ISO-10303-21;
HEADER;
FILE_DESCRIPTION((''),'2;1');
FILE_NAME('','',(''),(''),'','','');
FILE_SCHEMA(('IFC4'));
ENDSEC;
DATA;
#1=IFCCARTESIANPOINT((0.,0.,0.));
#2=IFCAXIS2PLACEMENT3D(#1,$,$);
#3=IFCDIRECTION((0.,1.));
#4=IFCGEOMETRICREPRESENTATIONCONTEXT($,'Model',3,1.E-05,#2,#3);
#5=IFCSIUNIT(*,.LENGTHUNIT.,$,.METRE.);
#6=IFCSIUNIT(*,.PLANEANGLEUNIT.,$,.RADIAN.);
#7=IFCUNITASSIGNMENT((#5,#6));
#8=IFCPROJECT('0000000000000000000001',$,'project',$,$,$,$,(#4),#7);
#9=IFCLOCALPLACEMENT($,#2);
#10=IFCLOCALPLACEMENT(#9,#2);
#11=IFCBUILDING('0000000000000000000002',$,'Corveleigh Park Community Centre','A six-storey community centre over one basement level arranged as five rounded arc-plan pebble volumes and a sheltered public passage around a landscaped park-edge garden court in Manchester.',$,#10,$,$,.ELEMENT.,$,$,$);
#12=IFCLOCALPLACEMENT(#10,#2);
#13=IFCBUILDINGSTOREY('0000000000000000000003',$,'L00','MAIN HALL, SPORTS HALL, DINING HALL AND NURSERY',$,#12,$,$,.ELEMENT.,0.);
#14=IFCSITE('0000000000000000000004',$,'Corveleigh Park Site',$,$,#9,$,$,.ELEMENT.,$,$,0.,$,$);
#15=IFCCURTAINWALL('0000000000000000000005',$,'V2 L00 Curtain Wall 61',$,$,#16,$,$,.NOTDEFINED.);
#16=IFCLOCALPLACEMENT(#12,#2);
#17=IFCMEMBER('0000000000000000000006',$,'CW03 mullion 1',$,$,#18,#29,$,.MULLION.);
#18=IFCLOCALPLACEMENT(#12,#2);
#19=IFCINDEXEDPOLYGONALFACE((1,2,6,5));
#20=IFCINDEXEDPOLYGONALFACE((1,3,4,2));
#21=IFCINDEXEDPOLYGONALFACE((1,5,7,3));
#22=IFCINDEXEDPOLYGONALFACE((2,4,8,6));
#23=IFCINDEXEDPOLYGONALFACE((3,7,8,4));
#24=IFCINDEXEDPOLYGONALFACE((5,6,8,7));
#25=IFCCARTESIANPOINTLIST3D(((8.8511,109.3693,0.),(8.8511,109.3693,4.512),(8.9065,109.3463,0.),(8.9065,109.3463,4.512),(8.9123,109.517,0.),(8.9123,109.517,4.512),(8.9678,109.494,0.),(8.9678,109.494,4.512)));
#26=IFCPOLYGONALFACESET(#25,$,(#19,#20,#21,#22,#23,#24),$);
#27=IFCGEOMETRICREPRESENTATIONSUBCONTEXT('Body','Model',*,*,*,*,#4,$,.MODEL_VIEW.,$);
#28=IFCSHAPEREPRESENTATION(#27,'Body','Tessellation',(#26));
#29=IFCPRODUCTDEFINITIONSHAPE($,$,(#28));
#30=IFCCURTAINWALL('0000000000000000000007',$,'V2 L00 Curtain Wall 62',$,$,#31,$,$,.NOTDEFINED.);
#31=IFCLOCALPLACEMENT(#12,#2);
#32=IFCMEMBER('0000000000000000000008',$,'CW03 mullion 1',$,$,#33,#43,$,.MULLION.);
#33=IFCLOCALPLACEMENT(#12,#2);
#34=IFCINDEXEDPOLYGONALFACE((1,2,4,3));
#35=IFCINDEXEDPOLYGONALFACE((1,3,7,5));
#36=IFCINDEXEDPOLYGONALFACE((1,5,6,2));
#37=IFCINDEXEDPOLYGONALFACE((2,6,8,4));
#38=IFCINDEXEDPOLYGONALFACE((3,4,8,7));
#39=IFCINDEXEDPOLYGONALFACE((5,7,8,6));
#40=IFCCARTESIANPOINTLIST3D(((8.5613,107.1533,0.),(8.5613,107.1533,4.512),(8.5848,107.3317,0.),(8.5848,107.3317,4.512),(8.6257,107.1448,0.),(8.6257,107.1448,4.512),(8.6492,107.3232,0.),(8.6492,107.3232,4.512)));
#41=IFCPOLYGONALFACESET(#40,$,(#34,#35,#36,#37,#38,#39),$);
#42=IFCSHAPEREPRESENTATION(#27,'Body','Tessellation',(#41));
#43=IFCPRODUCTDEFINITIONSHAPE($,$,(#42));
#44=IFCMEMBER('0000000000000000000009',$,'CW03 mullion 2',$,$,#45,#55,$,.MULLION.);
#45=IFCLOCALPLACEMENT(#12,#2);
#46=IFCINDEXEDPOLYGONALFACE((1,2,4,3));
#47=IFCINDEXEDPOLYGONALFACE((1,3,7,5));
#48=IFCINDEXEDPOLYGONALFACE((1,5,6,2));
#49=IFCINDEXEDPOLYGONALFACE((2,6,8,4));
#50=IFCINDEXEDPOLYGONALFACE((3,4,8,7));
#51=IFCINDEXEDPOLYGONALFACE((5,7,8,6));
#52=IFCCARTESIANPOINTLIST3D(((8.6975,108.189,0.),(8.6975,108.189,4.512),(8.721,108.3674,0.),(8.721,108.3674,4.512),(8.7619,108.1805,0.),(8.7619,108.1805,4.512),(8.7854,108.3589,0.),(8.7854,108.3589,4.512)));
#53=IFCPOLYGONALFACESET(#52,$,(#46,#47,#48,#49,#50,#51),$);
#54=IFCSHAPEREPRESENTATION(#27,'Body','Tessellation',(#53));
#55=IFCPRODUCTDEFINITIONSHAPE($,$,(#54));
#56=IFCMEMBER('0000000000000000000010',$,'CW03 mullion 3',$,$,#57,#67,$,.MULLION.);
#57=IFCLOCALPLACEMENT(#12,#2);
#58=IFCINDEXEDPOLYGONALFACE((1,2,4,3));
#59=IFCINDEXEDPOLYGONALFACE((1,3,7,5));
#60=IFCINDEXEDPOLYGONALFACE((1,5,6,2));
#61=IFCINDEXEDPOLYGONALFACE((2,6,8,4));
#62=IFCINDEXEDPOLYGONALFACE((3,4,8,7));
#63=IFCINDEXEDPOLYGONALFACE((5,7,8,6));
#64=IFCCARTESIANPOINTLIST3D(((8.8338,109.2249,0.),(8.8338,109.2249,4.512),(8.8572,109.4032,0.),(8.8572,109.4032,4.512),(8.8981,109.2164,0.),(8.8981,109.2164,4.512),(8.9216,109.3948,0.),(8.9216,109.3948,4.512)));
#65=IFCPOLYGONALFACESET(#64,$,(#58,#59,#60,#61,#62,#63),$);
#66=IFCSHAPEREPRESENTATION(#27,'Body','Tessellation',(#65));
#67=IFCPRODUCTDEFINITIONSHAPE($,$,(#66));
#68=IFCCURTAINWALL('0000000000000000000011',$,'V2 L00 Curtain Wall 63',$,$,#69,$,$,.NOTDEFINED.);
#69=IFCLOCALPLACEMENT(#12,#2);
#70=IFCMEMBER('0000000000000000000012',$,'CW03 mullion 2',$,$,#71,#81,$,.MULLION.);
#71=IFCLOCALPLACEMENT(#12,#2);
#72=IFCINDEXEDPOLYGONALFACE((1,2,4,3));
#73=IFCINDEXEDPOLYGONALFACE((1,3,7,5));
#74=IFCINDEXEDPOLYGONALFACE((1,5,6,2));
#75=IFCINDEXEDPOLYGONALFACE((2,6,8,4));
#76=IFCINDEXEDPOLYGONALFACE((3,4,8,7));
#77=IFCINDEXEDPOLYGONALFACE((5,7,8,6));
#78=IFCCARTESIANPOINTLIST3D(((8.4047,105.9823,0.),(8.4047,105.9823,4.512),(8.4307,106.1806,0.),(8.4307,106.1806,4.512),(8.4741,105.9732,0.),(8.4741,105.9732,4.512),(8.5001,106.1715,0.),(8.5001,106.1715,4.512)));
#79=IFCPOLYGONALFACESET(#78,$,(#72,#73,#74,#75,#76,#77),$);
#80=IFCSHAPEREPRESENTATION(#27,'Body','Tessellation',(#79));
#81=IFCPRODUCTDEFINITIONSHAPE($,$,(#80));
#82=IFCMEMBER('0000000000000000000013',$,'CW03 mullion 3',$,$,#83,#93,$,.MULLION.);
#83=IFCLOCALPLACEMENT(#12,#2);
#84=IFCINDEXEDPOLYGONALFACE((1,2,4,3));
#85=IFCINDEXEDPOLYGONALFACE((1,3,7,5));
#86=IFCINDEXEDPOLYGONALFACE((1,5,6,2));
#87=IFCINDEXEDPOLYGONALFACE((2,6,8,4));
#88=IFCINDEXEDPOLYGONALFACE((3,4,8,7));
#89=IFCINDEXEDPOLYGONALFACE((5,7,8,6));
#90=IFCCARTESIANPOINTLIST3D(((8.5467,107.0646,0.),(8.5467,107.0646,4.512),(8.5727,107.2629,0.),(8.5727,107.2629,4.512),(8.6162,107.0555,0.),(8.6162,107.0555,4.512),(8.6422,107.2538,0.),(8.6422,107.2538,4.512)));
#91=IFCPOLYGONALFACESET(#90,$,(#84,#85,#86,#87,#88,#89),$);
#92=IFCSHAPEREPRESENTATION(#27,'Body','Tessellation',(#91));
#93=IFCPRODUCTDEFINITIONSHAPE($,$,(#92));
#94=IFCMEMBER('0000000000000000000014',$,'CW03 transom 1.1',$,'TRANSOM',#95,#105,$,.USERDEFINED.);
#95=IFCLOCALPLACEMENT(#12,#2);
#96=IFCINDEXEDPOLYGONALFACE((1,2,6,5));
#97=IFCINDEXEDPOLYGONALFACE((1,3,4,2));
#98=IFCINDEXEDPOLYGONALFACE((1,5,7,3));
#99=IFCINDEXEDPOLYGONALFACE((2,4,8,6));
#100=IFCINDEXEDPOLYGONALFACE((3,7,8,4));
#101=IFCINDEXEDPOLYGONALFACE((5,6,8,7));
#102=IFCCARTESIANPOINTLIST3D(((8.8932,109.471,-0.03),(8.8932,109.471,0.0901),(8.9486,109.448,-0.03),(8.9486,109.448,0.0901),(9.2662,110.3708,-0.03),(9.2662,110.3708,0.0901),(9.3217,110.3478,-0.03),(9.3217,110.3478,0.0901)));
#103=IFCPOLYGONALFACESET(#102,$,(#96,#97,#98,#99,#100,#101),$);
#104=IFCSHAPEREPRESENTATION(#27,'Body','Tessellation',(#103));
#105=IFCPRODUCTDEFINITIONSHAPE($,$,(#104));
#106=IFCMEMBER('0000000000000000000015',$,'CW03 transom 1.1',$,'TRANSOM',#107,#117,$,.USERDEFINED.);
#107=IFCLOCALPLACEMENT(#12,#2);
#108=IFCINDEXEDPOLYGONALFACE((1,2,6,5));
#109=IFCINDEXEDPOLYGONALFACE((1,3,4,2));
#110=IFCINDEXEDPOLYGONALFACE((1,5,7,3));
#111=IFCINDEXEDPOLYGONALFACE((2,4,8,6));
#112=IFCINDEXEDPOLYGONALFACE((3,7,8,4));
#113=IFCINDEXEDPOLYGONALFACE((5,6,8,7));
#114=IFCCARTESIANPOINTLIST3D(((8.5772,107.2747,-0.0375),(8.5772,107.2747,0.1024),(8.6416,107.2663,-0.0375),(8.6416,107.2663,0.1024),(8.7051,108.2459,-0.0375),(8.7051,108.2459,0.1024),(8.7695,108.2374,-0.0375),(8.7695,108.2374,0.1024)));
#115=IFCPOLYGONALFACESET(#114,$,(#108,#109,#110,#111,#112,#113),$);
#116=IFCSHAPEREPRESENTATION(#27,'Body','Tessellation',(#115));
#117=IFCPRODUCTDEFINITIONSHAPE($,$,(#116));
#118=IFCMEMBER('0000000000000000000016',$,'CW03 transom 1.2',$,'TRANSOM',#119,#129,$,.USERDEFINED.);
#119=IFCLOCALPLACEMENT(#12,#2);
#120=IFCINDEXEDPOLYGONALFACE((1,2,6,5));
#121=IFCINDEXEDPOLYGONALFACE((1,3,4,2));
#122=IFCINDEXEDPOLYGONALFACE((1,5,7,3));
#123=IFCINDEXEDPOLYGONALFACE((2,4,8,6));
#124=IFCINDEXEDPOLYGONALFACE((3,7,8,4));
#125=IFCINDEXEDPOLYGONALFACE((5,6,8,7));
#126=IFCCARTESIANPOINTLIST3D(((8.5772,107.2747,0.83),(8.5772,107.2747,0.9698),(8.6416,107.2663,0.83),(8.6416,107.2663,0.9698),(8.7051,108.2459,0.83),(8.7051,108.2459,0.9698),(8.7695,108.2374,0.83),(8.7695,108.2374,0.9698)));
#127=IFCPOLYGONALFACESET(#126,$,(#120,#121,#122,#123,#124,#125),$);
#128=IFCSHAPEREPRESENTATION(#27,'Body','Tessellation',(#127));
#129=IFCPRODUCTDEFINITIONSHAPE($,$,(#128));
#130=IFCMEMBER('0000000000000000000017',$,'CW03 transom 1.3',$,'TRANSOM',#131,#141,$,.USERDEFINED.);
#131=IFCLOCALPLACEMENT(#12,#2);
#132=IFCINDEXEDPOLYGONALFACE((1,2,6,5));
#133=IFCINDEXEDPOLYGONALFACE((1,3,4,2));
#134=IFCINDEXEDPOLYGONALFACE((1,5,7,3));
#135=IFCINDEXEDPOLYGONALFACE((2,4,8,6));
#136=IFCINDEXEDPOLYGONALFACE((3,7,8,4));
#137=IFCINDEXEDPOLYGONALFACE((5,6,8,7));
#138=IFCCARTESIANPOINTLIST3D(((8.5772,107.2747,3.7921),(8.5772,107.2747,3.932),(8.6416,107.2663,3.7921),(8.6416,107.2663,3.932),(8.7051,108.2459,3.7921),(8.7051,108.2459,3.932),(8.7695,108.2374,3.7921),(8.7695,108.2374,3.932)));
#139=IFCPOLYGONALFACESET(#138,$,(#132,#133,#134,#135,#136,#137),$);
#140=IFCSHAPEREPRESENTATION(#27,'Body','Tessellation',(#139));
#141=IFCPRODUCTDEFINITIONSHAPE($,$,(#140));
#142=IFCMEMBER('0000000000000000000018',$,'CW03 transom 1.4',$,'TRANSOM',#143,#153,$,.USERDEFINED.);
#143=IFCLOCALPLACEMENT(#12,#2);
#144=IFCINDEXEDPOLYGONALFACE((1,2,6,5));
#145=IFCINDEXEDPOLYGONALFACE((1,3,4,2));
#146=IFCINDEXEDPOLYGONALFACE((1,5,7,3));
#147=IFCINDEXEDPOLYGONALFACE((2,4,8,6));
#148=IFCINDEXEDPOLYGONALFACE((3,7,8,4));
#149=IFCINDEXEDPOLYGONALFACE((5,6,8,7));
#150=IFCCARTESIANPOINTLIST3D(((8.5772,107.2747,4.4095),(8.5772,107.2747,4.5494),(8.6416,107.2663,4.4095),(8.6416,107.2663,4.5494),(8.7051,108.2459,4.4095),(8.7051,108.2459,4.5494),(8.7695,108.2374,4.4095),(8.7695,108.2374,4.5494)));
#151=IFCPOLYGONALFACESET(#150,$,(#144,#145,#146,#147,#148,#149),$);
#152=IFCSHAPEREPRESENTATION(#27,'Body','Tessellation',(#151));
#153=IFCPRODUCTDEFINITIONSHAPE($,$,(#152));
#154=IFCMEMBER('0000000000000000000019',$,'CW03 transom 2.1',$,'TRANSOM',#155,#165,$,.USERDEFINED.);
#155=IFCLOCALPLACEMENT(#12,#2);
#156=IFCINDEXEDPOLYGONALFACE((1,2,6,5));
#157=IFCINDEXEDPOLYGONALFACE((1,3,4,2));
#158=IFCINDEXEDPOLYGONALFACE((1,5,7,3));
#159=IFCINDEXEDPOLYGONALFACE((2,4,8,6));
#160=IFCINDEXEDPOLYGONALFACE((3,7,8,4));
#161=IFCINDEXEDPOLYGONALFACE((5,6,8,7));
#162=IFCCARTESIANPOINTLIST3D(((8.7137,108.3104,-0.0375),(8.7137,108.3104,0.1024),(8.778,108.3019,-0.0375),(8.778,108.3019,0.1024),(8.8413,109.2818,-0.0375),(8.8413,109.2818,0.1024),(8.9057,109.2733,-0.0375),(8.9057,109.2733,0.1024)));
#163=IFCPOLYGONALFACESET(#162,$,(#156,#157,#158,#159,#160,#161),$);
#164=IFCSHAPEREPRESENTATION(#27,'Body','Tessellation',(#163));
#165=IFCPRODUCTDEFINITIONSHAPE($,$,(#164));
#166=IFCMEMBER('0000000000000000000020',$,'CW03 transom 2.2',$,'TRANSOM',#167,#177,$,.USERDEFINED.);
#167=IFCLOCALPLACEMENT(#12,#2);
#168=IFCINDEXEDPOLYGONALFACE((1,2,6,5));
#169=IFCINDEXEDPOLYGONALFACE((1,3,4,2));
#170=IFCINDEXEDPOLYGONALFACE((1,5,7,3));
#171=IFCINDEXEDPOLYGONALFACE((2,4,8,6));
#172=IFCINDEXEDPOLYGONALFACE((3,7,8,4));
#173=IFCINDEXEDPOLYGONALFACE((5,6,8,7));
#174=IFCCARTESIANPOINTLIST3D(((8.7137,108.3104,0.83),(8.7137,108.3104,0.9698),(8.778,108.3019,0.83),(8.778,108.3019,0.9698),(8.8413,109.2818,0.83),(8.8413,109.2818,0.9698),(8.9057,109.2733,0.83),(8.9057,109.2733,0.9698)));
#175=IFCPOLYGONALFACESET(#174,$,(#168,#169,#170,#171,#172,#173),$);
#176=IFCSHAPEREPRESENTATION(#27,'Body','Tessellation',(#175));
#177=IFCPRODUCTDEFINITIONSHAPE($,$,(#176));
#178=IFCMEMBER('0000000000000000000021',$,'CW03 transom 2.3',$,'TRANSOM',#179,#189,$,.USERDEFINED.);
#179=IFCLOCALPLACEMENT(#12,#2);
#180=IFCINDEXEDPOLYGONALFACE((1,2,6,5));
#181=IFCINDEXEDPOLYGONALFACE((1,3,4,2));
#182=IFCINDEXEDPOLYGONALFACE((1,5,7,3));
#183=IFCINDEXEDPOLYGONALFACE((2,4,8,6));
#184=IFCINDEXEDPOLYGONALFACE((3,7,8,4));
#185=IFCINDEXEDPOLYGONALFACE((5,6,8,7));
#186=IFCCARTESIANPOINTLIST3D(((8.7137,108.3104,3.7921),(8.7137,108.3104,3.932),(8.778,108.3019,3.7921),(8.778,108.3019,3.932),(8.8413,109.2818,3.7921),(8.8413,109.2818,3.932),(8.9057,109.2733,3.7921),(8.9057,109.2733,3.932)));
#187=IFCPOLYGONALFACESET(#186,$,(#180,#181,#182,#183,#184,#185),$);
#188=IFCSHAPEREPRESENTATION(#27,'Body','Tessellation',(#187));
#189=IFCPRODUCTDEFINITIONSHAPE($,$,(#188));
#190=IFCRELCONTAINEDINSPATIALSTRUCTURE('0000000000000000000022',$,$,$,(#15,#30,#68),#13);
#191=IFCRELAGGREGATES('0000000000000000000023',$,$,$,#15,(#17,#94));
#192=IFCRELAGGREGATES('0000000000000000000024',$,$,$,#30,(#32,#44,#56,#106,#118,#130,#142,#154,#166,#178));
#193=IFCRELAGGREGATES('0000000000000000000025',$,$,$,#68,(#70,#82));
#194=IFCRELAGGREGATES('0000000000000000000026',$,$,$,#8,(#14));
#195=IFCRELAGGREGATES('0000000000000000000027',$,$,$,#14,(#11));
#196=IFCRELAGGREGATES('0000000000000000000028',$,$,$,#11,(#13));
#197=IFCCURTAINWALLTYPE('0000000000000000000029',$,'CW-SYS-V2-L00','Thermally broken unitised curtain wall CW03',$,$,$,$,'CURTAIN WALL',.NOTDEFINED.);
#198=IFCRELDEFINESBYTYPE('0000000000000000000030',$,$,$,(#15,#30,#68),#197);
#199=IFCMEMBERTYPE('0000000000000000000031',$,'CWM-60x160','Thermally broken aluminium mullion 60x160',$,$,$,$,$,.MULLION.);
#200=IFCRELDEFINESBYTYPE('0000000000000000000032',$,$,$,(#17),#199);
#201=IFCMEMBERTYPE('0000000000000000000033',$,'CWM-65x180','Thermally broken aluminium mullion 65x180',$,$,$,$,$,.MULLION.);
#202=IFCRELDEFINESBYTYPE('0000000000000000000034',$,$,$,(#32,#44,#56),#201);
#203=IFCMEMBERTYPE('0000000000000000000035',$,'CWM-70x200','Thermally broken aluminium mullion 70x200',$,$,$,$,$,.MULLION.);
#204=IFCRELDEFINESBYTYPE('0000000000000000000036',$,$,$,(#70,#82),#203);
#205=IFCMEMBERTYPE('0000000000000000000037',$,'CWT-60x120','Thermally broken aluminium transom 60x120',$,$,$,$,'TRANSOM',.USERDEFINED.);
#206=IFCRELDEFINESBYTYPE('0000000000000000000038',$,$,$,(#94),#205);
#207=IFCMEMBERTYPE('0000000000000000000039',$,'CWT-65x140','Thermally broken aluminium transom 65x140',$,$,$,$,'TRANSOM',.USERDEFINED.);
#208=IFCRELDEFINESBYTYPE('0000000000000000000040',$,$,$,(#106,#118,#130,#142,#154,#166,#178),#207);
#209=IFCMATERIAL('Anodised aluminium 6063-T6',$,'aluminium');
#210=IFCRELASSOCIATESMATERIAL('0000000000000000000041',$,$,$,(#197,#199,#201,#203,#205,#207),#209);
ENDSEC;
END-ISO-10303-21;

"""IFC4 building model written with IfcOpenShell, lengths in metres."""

from ifc_helpers import new_model, si_unit, direction, frame, origin, origin_2d, place, context, subcontext, project, spatial, rectangle, extrude, material, material_profile, profile_set, type_object, element, aggregate, save


model = new_model("IFC4")

# Units and contexts
model_context = context("Model", 3, precision=1e-05, world=origin(), true_north=direction((0.0, 1.0)))
body_context = subcontext(model_context, "Body", "Model", "MODEL_VIEW")
ifc_project = project(units=[si_unit("LENGTHUNIT", "METRE"), si_unit("PLANEANGLEUNIT", "RADIAN")], contexts=[model_context])

# Site, building, storey
site_placement = place(None, origin())
site = spatial("IfcSite", under=ifc_project, at=site_placement, Name="Corveleigh Park Site", CompositionType="ELEMENT", RefElevation=0.0)
building_placement = place(site_placement, origin())
building = spatial("IfcBuilding", under=site, at=building_placement, Name="Corveleigh Park Community Centre", Description="A six-storey community centre over one basement level arranged as five rounded arc-plan pebble volumes and a sheltered public passage around a landscaped park-edge garden court in Manchester.", CompositionType="ELEMENT")
storey_placement = place(building_placement, origin())
storey = spatial("IfcBuildingStorey", under=building, at=storey_placement, Name="L00", Description="MAIN HALL, SPORTS HALL, DINING HALL AND NURSERY", CompositionType="ELEMENT", Elevation=0.0)

# Curtain wall, member
ifc_material_1 = material(Name="Anodised aluminium 6063-T6", Category="aluminium")
curtain_wall_type = type_object("IfcCurtainWallType", Name="CW-SYS-V2-L00", Description="Thermally broken unitised curtain wall CW03", ElementType="CURTAIN WALL", PredefinedType="NOTDEFINED", material=ifc_material_1)
curtain_wall_1_placement = place(storey_placement, origin())
curtain_wall_1 = element("IfcCurtainWall", 1, at=curtain_wall_1_placement, inside=storey, type_object=curtain_wall_type, Name="V2 L00 Curtain Wall 61", PredefinedType="NOTDEFINED")
ifc_material_profile_1 = material_profile(ifc_material_1, rectangle(XDim=0.0601, YDim=0.1599, at=origin_2d()), Name="ALU-M60x160", Category="aluminium")
ifc_profile_set_1 = profile_set([ifc_material_profile_1], Name="Anodised aluminium 6063-T6")
member_type_1 = type_object("IfcMemberType", Name="CWM-60x160", Description="Thermally broken aluminium mullion 60x160", PredefinedType="MULLION", material=ifc_profile_set_1)
member_1_placement = place(storey_placement, frame((8.9094, 109.4316, 0.0), z_axis=(0.0, 0.0, 1.0), x_axis=(-0.92377, 0.382947, 0.0)))
member_1 = element("IfcMember", 2, at=member_1_placement, type_object=member_type_1, Name="CW03 mullion 1", PredefinedType="MULLION", context=body_context, shape_type="SweptSolid", body=[
    extrude(rectangle(XDim=0.0601, YDim=0.1599, at=origin_2d()), origin(), (0.0, 0.0, 1.0), 4.512),
])

# Curtain walls, members
curtain_wall_2_placement = place(storey_placement, origin())
curtain_wall_2 = element("IfcCurtainWall", 3, at=curtain_wall_2_placement, inside=storey, type_object=curtain_wall_type, Name="V2 L00 Curtain Wall 62", PredefinedType="NOTDEFINED")
ifc_material_profile_2 = material_profile(ifc_material_1, rectangle(XDim=0.0649, YDim=0.1799, at=origin_2d()), Name="ALU-M65x180", Category="aluminium")
ifc_profile_set_2 = profile_set([ifc_material_profile_2], Name="Anodised aluminium 6063-T6")
member_type_2 = type_object("IfcMemberType", Name="CWM-65x180", Description="Thermally broken aluminium mullion 65x180", PredefinedType="MULLION", material=ifc_profile_set_2)
member_2_placement = place(storey_placement, frame((8.6052, 107.2383, 0.0), z_axis=(0.0, 0.0, 1.0), x_axis=(-0.991457, 0.13043, 0.0)))
member_2 = element("IfcMember", 4, at=member_2_placement, type_object=member_type_2, Name="CW03 mullion 1", PredefinedType="MULLION", context=body_context, shape_type="SweptSolid", body=[
    extrude(rectangle(XDim=0.0649, YDim=0.1799, at=origin_2d()), origin(), (0.0, 0.0, 1.0), 4.512),
])
member_3_placement = place(storey_placement, frame((8.7415, 108.2739, 0.0), z_axis=(0.0, 0.0, 1.0), x_axis=(-0.991457, 0.13043, 0.0)))
member_3 = element("IfcMember", 5, at=member_3_placement, type_object=member_type_2, Name="CW03 mullion 2", PredefinedType="MULLION", context=body_context, shape_type="SweptSolid", body=[
    extrude(rectangle(XDim=0.0649, YDim=0.1799, at=origin_2d()), origin(), (0.0, 0.0, 1.0), 4.512),
])
member_4_placement = place(storey_placement, frame((8.8777, 109.3098, 0.0), z_axis=(0.0, 0.0, 1.0), x_axis=(-0.991457, 0.13043, 0.0)))
member_4 = element("IfcMember", 6, at=member_4_placement, type_object=member_type_2, Name="CW03 mullion 3", PredefinedType="MULLION", context=body_context, shape_type="SweptSolid", body=[
    extrude(rectangle(XDim=0.0649, YDim=0.1799, at=origin_2d()), origin(), (0.0, 0.0, 1.0), 4.512),
])
curtain_wall_3_placement = place(storey_placement, origin())
curtain_wall_3 = element("IfcCurtainWall", 7, at=curtain_wall_3_placement, inside=storey, type_object=curtain_wall_type, Name="V2 L00 Curtain Wall 63", PredefinedType="NOTDEFINED")
ifc_material_profile_3 = material_profile(ifc_material_1, rectangle(XDim=0.0701, YDim=0.2, at=origin_2d()), Name="ALU-M70x200", Category="aluminium")
ifc_profile_set_3 = profile_set([ifc_material_profile_3], Name="Anodised aluminium 6063-T6")
member_type_3 = type_object("IfcMemberType", Name="CWM-70x200", Description="Thermally broken aluminium mullion 70x200", PredefinedType="MULLION", material=ifc_profile_set_3)
member_5_placement = place(storey_placement, frame((8.4524, 106.0769, 0.0), z_axis=(0.0, 0.0, 1.0), x_axis=(-0.991509, 0.130041, 0.0)))
member_5 = element("IfcMember", 8, at=member_5_placement, type_object=member_type_3, Name="CW03 mullion 2", PredefinedType="MULLION", context=body_context, shape_type="SweptSolid", body=[
    extrude(rectangle(XDim=0.0701, YDim=0.2, at=origin_2d()), origin(), (0.0, 0.0, 1.0), 4.512),
])
member_6_placement = place(storey_placement, frame((8.5945, 107.1592, 0.0), z_axis=(0.0, 0.0, 1.0), x_axis=(-0.991509, 0.130041, 0.0)))
member_6 = element("IfcMember", 9, at=member_6_placement, type_object=member_type_3, Name="CW03 mullion 3", PredefinedType="MULLION", context=body_context, shape_type="SweptSolid", body=[
    extrude(rectangle(XDim=0.0701, YDim=0.2, at=origin_2d()), origin(), (0.0, 0.0, 1.0), 4.512),
])

# Members
ifc_material_profile_4 = material_profile(ifc_material_1, rectangle(XDim=0.0601, YDim=0.1201, at=origin_2d()), Name="ALU-T60x120", Category="aluminium")
ifc_profile_set_4 = profile_set([ifc_material_profile_4], Name="Anodised aluminium 6063-T6")
member_type_4 = type_object("IfcMemberType", Name="CWT-60x120", Description="Thermally broken aluminium transom 60x120", ElementType="TRANSOM", PredefinedType="USERDEFINED", material=ifc_profile_set_4)
member_7_placement = place(storey_placement, frame((8.9209, 109.4595, 0.03), z_axis=(0.382942, 0.923772, 0.0), x_axis=(-0.923772, 0.382942, 0.0)))
member_7 = element("IfcMember", 10, at=member_7_placement, type_object=member_type_4, Name="CW03 transom 1.1", ObjectType="TRANSOM", PredefinedType="USERDEFINED", context=body_context, shape_type="SweptSolid", body=[
    extrude(rectangle(XDim=0.0601, YDim=0.1201, at=origin_2d()), origin(), (0.0, 0.0, 1.0), 0.9741),
])
aggregate(curtain_wall_1, [member_1, member_7])
ifc_material_profile_5 = material_profile(ifc_material_1, rectangle(XDim=0.0649, YDim=0.1399, at=origin_2d()), Name="ALU-T65x140", Category="aluminium")
ifc_profile_set_5 = profile_set([ifc_material_profile_5], Name="Anodised aluminium 6063-T6")
member_type_5 = type_object("IfcMemberType", Name="CWT-65x140", Description="Thermally broken aluminium transom 65x140", ElementType="TRANSOM", PredefinedType="USERDEFINED", material=ifc_profile_set_5)
member_8_placement = place(storey_placement, frame((8.6094, 107.2705, 0.0325), z_axis=(0.130596, 0.991436, 0.0), x_axis=(-0.991436, 0.130596, 0.0)))
member_8 = element("IfcMember", 11, at=member_8_placement, type_object=member_type_5, Name="CW03 transom 1.1", ObjectType="TRANSOM", PredefinedType="USERDEFINED", context=body_context, shape_type="SweptSolid", body=[
    extrude(rectangle(XDim=0.0649, YDim=0.1399, at=origin_2d()), origin(), (0.0, 0.0, 1.0), 0.9795),
])
member_9_placement = place(storey_placement, frame((8.6094, 107.2705, 0.8999), z_axis=(0.130596, 0.991436, 0.0), x_axis=(-0.991436, 0.130596, 0.0)))
member_9 = element("IfcMember", 12, at=member_9_placement, type_object=member_type_5, Name="CW03 transom 1.2", ObjectType="TRANSOM", PredefinedType="USERDEFINED", context=body_context, shape_type="SweptSolid", body=[
    extrude(rectangle(XDim=0.0649, YDim=0.1399, at=origin_2d()), origin(), (0.0, 0.0, 1.0), 0.9795),
])
member_10_placement = place(storey_placement, frame((8.6094, 107.2705, 3.8621), z_axis=(0.130596, 0.991436, 0.0), x_axis=(-0.991436, 0.130596, 0.0)))
member_10 = element("IfcMember", 13, at=member_10_placement, type_object=member_type_5, Name="CW03 transom 1.3", ObjectType="TRANSOM", PredefinedType="USERDEFINED", context=body_context, shape_type="SweptSolid", body=[
    extrude(rectangle(XDim=0.0649, YDim=0.1399, at=origin_2d()), origin(), (0.0, 0.0, 1.0), 0.9795),
])
member_11_placement = place(storey_placement, frame((8.6094, 107.2705, 4.4795), z_axis=(0.130596, 0.991436, 0.0), x_axis=(-0.991436, 0.130596, 0.0)))
member_11 = element("IfcMember", 14, at=member_11_placement, type_object=member_type_5, Name="CW03 transom 1.4", ObjectType="TRANSOM", PredefinedType="USERDEFINED", context=body_context, shape_type="SweptSolid", body=[
    extrude(rectangle(XDim=0.0649, YDim=0.1399, at=origin_2d()), origin(), (0.0, 0.0, 1.0), 0.9795),
])
member_12_placement = place(storey_placement, frame((8.7458, 108.3062, 0.0325), z_axis=(0.130319, 0.991472, 0.0), x_axis=(-0.991472, 0.130319, 0.0)))
member_12 = element("IfcMember", 15, at=member_12_placement, type_object=member_type_5, Name="CW03 transom 2.1", ObjectType="TRANSOM", PredefinedType="USERDEFINED", context=body_context, shape_type="SweptSolid", body=[
    extrude(rectangle(XDim=0.0649, YDim=0.1399, at=origin_2d()), origin(), (0.0, 0.0, 1.0), 0.9797),
])
member_13_placement = place(storey_placement, frame((8.7458, 108.3062, 0.8999), z_axis=(0.130319, 0.991472, 0.0), x_axis=(-0.991472, 0.130319, 0.0)))
member_13 = element("IfcMember", 16, at=member_13_placement, type_object=member_type_5, Name="CW03 transom 2.2", ObjectType="TRANSOM", PredefinedType="USERDEFINED", context=body_context, shape_type="SweptSolid", body=[
    extrude(rectangle(XDim=0.0649, YDim=0.1399, at=origin_2d()), origin(), (0.0, 0.0, 1.0), 0.9797),
])
member_14_placement = place(storey_placement, frame((8.7458, 108.3062, 3.8621), z_axis=(0.130319, 0.991472, 0.0), x_axis=(-0.991472, 0.130319, 0.0)))
member_14 = element("IfcMember", 17, at=member_14_placement, type_object=member_type_5, Name="CW03 transom 2.3", ObjectType="TRANSOM", PredefinedType="USERDEFINED", context=body_context, shape_type="SweptSolid", body=[
    extrude(rectangle(XDim=0.0649, YDim=0.1399, at=origin_2d()), origin(), (0.0, 0.0, 1.0), 0.9797),
])

aggregate(curtain_wall_2, [member_2, member_3, member_4, member_8, member_9, member_10, member_11, member_12, member_13, member_14])
aggregate(curtain_wall_3, [member_5, member_6])

save(model, "model.ifc")
